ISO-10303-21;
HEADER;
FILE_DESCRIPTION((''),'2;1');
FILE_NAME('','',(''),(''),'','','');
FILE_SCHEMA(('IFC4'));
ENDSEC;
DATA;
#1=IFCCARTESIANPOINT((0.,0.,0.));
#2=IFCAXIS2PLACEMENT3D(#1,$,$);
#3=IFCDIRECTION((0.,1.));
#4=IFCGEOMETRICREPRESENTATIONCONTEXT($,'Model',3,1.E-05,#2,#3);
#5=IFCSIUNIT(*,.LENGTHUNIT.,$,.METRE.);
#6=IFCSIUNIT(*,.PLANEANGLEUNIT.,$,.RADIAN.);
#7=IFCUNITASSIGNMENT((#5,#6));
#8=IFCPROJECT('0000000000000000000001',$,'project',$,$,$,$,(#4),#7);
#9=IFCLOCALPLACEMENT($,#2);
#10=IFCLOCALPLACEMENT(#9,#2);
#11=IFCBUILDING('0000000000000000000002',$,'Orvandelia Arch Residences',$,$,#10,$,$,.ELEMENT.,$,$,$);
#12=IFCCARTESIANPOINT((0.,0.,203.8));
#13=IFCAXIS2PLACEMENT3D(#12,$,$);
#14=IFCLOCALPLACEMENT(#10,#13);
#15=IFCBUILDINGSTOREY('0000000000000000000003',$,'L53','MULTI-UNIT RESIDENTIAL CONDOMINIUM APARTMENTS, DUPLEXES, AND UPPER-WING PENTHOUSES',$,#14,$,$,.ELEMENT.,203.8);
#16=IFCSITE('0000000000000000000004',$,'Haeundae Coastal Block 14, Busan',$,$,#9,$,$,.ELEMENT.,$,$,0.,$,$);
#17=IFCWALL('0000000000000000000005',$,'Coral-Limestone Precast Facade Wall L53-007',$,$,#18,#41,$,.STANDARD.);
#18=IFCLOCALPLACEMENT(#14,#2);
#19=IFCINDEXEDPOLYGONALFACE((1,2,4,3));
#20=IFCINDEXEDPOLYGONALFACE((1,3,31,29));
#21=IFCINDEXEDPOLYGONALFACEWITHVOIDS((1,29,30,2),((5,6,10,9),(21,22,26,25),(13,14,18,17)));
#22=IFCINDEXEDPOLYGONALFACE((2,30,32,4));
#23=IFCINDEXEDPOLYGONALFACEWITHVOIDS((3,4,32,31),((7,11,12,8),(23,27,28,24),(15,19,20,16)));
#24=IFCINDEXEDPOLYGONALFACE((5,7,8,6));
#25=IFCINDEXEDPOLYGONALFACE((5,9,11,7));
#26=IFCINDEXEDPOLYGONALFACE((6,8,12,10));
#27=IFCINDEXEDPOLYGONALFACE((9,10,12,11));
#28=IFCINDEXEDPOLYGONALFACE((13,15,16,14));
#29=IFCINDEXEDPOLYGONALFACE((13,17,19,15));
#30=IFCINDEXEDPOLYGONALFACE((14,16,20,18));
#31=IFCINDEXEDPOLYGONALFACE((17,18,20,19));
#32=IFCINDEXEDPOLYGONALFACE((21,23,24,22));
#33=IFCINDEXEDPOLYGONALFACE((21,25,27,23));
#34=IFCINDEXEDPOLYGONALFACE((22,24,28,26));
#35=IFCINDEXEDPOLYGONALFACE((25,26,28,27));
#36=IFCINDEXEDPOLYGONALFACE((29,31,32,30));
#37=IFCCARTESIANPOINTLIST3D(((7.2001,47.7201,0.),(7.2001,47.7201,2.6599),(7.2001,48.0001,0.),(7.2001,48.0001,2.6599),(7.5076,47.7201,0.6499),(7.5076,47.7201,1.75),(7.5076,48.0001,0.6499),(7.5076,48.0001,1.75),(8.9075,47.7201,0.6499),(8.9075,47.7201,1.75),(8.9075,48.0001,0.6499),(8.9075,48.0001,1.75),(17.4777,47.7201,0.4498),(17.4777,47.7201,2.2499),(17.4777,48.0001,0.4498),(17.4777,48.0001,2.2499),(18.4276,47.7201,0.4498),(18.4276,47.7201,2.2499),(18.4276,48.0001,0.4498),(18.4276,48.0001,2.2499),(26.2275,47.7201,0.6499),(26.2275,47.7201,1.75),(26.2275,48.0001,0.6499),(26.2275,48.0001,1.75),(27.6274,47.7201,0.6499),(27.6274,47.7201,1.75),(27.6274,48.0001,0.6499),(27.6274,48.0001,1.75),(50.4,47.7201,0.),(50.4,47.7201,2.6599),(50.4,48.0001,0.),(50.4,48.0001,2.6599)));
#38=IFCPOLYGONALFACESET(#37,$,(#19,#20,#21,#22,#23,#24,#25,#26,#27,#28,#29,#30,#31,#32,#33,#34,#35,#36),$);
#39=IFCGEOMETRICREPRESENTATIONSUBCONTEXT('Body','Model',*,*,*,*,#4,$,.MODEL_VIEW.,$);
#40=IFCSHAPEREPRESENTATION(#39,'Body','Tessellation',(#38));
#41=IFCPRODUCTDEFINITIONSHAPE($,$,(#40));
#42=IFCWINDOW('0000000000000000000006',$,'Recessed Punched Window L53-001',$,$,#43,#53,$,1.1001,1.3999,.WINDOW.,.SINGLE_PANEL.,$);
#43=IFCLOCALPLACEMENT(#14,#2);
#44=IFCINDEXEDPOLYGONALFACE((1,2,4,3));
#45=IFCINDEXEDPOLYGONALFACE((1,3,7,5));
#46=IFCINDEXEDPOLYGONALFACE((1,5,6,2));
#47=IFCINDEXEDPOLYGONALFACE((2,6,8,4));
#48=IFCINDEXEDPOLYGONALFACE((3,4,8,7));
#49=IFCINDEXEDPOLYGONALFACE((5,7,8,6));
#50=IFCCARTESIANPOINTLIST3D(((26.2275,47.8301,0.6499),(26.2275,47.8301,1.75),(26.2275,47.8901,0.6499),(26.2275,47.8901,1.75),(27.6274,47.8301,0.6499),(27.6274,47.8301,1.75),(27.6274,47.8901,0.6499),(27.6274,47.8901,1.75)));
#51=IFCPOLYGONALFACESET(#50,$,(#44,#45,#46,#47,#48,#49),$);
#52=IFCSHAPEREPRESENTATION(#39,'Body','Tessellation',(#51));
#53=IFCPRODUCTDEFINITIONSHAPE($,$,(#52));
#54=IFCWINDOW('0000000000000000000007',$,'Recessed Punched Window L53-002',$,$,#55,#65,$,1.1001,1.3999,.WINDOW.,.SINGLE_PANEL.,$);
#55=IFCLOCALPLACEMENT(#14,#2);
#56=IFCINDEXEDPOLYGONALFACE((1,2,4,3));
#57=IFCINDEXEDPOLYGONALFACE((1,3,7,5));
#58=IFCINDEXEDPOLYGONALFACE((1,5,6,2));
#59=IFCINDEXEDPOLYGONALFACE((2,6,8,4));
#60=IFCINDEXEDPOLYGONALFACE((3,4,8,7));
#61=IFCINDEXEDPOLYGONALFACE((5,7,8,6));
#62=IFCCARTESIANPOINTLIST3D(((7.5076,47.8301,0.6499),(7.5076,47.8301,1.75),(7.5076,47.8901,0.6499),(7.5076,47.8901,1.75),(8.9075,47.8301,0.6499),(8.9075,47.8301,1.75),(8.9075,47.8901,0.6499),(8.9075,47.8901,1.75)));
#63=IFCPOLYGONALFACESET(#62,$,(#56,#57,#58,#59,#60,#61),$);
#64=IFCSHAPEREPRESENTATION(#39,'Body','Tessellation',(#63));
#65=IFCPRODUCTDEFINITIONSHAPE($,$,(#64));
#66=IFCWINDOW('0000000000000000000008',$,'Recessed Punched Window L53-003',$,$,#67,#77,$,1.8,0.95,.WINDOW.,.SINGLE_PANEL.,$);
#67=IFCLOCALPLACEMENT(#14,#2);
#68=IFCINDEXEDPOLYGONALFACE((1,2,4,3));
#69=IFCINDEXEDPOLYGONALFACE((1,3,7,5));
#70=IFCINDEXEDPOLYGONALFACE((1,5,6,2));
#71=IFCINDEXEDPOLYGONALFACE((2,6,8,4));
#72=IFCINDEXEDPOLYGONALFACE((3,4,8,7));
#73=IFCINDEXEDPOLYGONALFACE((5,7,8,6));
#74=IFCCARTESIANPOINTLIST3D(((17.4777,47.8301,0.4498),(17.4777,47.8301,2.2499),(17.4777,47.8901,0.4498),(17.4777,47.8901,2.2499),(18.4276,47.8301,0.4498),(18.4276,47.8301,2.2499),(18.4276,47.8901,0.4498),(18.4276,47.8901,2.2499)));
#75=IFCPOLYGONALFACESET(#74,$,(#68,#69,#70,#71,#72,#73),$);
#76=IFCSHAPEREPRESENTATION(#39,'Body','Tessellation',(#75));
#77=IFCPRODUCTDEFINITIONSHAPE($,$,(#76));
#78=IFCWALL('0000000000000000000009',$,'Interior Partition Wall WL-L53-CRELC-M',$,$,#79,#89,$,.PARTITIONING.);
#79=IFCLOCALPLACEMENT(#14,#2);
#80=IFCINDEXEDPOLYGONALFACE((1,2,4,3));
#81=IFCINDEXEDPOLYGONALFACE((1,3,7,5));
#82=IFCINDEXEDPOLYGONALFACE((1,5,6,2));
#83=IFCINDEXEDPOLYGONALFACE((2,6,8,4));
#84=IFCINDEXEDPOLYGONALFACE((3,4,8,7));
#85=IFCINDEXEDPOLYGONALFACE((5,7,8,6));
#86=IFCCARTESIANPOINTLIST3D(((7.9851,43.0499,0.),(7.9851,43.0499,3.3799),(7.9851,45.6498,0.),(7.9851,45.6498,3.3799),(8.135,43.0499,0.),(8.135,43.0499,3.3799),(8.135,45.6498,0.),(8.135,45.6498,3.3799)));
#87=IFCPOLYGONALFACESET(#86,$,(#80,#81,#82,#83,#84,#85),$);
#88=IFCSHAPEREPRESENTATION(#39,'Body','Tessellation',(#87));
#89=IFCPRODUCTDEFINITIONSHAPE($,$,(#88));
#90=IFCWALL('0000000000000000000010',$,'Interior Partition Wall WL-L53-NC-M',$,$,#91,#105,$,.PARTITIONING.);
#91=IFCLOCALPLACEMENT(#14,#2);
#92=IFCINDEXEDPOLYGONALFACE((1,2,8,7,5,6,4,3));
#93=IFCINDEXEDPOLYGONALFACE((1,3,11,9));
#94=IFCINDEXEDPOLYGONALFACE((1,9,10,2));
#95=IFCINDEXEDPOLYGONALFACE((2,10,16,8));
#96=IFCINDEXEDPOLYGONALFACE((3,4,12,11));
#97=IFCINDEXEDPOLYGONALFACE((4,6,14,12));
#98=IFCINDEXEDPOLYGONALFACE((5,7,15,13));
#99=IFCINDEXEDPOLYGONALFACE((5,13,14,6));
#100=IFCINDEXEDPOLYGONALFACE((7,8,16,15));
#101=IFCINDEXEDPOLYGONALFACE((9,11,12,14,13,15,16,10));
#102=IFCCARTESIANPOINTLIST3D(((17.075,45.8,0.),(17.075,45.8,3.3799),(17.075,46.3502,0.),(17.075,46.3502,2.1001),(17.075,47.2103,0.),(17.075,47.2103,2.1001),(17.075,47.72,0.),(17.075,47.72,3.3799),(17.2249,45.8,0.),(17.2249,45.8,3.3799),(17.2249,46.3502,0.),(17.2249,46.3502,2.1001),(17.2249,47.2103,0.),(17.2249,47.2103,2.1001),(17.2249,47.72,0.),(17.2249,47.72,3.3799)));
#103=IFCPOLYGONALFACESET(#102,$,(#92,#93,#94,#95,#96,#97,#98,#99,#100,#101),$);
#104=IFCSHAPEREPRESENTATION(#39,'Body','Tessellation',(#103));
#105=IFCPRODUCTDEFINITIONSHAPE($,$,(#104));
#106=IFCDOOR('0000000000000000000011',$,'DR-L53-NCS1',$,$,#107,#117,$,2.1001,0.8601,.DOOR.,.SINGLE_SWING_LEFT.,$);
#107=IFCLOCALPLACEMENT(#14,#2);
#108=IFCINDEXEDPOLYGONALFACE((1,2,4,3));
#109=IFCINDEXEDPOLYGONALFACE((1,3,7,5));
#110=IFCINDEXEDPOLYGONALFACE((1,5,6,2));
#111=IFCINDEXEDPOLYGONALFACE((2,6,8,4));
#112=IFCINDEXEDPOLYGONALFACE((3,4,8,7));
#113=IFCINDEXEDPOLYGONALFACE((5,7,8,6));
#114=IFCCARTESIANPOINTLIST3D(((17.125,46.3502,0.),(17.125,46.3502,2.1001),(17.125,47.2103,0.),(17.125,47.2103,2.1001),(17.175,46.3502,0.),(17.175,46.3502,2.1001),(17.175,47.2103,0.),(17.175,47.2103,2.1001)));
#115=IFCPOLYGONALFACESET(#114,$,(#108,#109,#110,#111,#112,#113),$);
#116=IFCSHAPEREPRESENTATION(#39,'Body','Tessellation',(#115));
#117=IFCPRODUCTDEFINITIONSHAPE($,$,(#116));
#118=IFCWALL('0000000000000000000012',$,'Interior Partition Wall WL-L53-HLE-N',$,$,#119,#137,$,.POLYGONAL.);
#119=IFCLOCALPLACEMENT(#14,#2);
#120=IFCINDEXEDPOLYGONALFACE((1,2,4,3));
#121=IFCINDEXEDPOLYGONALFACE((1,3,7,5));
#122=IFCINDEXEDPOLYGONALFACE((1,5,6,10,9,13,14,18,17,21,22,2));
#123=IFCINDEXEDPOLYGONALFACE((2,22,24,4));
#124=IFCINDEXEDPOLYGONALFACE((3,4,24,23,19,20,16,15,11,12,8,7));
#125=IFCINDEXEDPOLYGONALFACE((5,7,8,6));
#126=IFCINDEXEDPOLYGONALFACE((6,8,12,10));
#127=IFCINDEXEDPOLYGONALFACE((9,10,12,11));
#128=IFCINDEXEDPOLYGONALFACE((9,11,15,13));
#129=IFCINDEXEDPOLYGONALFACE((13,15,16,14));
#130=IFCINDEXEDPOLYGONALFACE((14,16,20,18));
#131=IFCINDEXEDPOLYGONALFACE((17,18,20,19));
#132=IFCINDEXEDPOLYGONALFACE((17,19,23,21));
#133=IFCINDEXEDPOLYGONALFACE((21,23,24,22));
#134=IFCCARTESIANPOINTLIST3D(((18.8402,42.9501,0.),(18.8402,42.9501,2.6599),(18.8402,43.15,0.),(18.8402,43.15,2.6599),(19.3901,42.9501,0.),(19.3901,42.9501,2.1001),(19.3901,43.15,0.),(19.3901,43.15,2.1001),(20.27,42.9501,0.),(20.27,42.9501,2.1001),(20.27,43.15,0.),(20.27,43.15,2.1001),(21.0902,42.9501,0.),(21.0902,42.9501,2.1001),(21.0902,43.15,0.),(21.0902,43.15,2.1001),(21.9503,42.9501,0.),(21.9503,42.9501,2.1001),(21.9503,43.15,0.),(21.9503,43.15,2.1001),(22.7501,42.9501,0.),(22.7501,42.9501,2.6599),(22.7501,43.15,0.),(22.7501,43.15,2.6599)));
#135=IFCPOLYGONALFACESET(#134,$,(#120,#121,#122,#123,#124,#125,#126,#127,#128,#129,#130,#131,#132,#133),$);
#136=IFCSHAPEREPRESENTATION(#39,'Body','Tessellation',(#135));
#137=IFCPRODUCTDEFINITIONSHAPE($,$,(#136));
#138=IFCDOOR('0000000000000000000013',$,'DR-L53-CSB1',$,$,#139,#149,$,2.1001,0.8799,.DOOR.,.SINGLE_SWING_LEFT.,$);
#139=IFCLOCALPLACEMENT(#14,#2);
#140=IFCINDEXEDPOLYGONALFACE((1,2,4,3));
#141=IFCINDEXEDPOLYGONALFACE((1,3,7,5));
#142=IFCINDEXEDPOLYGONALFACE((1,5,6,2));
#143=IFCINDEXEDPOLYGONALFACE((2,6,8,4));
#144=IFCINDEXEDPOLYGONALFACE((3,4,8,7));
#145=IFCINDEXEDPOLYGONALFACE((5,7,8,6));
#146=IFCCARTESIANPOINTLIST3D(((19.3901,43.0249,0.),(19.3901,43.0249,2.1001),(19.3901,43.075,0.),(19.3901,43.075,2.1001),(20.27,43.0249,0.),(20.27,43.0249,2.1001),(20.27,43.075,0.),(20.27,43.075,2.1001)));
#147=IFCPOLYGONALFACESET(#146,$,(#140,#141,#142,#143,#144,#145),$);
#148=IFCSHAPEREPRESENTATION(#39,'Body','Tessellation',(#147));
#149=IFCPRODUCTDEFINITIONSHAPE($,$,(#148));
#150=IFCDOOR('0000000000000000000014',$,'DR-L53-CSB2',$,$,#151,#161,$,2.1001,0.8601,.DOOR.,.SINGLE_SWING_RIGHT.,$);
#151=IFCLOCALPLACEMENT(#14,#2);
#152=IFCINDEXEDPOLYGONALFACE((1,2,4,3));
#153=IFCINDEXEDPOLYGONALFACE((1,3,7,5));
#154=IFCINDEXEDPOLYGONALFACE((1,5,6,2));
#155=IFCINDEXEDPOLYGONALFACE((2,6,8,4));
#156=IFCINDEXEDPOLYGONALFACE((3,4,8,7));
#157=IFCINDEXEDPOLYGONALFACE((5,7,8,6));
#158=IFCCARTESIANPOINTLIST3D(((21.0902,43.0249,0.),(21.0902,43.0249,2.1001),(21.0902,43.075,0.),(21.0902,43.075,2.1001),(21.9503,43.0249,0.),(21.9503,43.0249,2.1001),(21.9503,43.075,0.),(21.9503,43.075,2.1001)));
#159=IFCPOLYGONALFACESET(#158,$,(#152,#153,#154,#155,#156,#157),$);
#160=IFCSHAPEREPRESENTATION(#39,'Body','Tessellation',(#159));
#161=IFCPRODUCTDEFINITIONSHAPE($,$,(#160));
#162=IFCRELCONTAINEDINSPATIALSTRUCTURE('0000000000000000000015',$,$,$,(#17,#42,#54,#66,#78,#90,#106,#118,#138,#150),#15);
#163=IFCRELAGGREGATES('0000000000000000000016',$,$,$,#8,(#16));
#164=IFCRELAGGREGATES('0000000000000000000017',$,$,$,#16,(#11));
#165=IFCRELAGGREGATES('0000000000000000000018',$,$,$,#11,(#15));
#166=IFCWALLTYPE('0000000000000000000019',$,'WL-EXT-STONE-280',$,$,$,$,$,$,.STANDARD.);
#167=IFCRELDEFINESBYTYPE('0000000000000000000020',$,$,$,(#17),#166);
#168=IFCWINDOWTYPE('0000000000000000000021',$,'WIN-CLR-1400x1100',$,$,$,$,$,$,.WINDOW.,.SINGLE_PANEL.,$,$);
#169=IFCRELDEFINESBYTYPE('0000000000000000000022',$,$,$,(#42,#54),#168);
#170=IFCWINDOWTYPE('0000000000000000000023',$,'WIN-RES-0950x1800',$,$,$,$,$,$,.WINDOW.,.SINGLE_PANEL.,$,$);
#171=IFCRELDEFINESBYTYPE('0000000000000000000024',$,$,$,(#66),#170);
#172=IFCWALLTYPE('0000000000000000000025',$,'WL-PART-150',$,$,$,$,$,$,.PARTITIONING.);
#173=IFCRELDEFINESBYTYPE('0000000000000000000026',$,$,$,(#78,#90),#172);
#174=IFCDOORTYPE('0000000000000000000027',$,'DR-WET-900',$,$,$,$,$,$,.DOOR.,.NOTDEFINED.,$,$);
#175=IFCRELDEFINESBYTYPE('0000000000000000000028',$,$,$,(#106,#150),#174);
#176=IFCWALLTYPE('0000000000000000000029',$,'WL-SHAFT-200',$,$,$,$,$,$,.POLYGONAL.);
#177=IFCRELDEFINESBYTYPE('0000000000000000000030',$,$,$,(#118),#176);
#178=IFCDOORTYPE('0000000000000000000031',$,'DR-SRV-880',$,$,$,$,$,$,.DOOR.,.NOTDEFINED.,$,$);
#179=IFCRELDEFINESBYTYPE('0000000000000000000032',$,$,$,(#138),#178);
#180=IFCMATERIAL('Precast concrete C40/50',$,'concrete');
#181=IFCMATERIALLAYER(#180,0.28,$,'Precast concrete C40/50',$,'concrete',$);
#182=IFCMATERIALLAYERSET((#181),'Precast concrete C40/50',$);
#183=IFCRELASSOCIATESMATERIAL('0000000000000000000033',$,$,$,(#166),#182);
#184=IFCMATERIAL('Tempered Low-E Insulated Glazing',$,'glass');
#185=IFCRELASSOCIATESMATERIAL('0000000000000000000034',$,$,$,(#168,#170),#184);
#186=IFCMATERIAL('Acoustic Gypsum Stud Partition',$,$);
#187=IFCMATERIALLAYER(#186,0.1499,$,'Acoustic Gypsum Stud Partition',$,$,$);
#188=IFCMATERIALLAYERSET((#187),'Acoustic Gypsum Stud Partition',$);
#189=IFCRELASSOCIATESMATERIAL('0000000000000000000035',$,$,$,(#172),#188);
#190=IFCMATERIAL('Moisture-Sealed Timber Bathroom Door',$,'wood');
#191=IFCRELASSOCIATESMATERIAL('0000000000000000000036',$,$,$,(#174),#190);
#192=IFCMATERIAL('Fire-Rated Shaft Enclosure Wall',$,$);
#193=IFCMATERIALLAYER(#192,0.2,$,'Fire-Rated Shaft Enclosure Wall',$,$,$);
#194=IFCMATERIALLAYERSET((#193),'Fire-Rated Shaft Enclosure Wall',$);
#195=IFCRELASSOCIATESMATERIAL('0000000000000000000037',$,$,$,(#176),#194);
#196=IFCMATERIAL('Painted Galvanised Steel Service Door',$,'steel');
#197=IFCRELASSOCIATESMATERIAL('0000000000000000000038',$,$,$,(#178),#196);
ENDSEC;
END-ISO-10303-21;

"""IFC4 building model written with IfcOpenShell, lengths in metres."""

from ifc_helpers import new_model, si_unit, direction, frame, frame_2d, origin, place, context, subcontext, project, spatial, rectangle, extrude, material, layer, layer_set, type_object, element, fill, save


model = new_model("IFC4")

# Units and contexts
model_context = context("Model", 3, precision=1e-05, world=origin(), true_north=direction((0.0, 1.0)))
body_context = subcontext(model_context, "Body", "Model", "MODEL_VIEW")
ifc_project = project(units=[si_unit("LENGTHUNIT", "METRE"), si_unit("PLANEANGLEUNIT", "RADIAN")], contexts=[model_context])

# Site, building, storey
site_placement = place(None, origin())
site = spatial("IfcSite", under=ifc_project, at=site_placement, Name="Haeundae Coastal Block 14, Busan", CompositionType="ELEMENT", RefElevation=0.0)
building_placement = place(site_placement, origin())
building = spatial("IfcBuilding", under=site, at=building_placement, Name="Orvandelia Arch Residences", CompositionType="ELEMENT")
storey_placement = place(building_placement, frame((0.0, 0.0, 203.8)))
storey = spatial("IfcBuildingStorey", under=building, at=storey_placement, Name="L53", Description="MULTI-UNIT RESIDENTIAL CONDOMINIUM APARTMENTS, DUPLEXES, AND UPPER-WING PENTHOUSES", CompositionType="ELEMENT", Elevation=203.8)

# Wall, openings, windows
ifc_material_1 = material(Name="Precast concrete C40/50", Category="concrete")
ifc_layer_1 = layer(ifc_material_1, 0.28, Name="Precast concrete C40/50", Category="concrete")
ifc_layer_set_1 = layer_set([ifc_layer_1], Name="Precast concrete C40/50")
wall_type_1 = type_object("IfcWallType", Name="WL-EXT-STONE-280", PredefinedType="STANDARD", material=ifc_layer_set_1)
wall_1_placement = place(storey_placement, frame((7.2, 47.8601, 0.0), z_axis=(0.0, 0.0, 1.0), x_axis=(1.0, 0.0, 0.0)))
wall_1 = element("IfcWall", 1, at=wall_1_placement, inside=storey, type_object=wall_type_1, Name="Coral-Limestone Precast Facade Wall L53-007", PredefinedType="STANDARD", context=body_context, shape_type="SweptSolid", body=[
    extrude(rectangle(XDim=43.2, YDim=0.28, at=frame_2d((21.6001, 0.0))), origin(), (0.0, 0.0, 1.0), 2.6599),
])
opening_1_placement = place(wall_1_placement, frame((19.0276, 0.0, 0.6499)))
opening_1 = element("IfcOpeningElement", 2, at=opening_1_placement, cuts=wall_1, PredefinedType="OPENING", context=body_context, shape_type="SweptSolid", body=[
    extrude(rectangle(XDim=1.3999, YDim=1.1001, at=frame_2d((0.7, 0.55))), frame((0.0, 0.1499, 0.0), z_axis=(0.0, -1.0, 0.0), x_axis=(1.0, 0.0, 0.0)), (0.0, 0.0, 1.0), 0.3),
])
opening_2_placement = place(wall_1_placement, frame((0.3076, 0.0, 0.6499)))
opening_2 = element("IfcOpeningElement", 3, at=opening_2_placement, cuts=wall_1, PredefinedType="OPENING", context=body_context, shape_type="SweptSolid", body=[
    extrude(rectangle(XDim=1.3999, YDim=1.1001, at=frame_2d((0.7, 0.55))), frame((0.0, 0.1499, 0.0), z_axis=(0.0, -1.0, 0.0), x_axis=(1.0, 0.0, 0.0)), (0.0, 0.0, 1.0), 0.3),
])
opening_3_placement = place(wall_1_placement, frame((10.2776, 0.0, 0.45)))
opening_3 = element("IfcOpeningElement", 4, at=opening_3_placement, cuts=wall_1, PredefinedType="OPENING", context=body_context, shape_type="SweptSolid", body=[
    extrude(rectangle(XDim=0.95, YDim=1.8, at=frame_2d((0.4751, 0.8999))), frame((0.0, 0.1499, 0.0), z_axis=(0.0, -1.0, 0.0), x_axis=(1.0, 0.0, 0.0)), (0.0, 0.0, 1.0), 0.3),
])
ifc_material_2 = material(Name="Tempered Low-E Insulated Glazing", Category="glass")
window_type_1 = type_object("IfcWindowType", Name="WIN-CLR-1400x1100", PartitioningType="SINGLE_PANEL", PredefinedType="WINDOW", material=ifc_material_2)
window_1_placement = place(opening_1_placement, origin())
window_1 = element("IfcWindow", 5, at=window_1_placement, inside=storey, type_object=window_type_1, Name="Recessed Punched Window L53-001", OverallHeight=1.1001, OverallWidth=1.3999, PartitioningType="SINGLE_PANEL", PredefinedType="WINDOW", context=body_context, shape_type="SweptSolid", body=[
    extrude(rectangle(XDim=1.3999, YDim=1.1001, at=frame_2d((0.7, 0.55))), frame((0.0, 0.03, 0.0), z_axis=(0.0, -1.0, 0.0), x_axis=(1.0, 0.0, 0.0)), (0.0, 0.0, 1.0), 0.0601),
])
fill(opening_1, window_1)
window_2_placement = place(opening_2_placement, origin())
window_2 = element("IfcWindow", 6, at=window_2_placement, inside=storey, type_object=window_type_1, Name="Recessed Punched Window L53-002", OverallHeight=1.1001, OverallWidth=1.3999, PartitioningType="SINGLE_PANEL", PredefinedType="WINDOW", context=body_context, shape_type="SweptSolid", body=[
    extrude(rectangle(XDim=1.3999, YDim=1.1001, at=frame_2d((0.7, 0.55))), frame((0.0, 0.03, 0.0), z_axis=(0.0, -1.0, 0.0), x_axis=(1.0, 0.0, 0.0)), (0.0, 0.0, 1.0), 0.0601),
])
fill(opening_2, window_2)
window_type_2 = type_object("IfcWindowType", Name="WIN-RES-0950x1800", PartitioningType="SINGLE_PANEL", PredefinedType="WINDOW", material=ifc_material_2)
window_3_placement = place(opening_3_placement, origin())
window_3 = element("IfcWindow", 7, at=window_3_placement, inside=storey, type_object=window_type_2, Name="Recessed Punched Window L53-003", OverallHeight=1.8, OverallWidth=0.95, PartitioningType="SINGLE_PANEL", PredefinedType="WINDOW", context=body_context, shape_type="SweptSolid", body=[
    extrude(rectangle(XDim=0.95, YDim=1.8, at=frame_2d((0.4751, 0.8999))), frame((0.0, 0.03, 0.0), z_axis=(0.0, -1.0, 0.0), x_axis=(1.0, 0.0, 0.0)), (0.0, 0.0, 1.0), 0.0601),
])
fill(opening_3, window_3)

# Wall
ifc_material_3 = material(Name="Acoustic Gypsum Stud Partition")
ifc_layer_2 = layer(ifc_material_3, 0.1499, Name="Acoustic Gypsum Stud Partition")
ifc_layer_set_2 = layer_set([ifc_layer_2], Name="Acoustic Gypsum Stud Partition")
wall_type_2 = type_object("IfcWallType", Name="WL-PART-150", PredefinedType="PARTITIONING", material=ifc_layer_set_2)
wall_2_placement = place(storey_placement, frame((8.0601, 43.05, 0.0), z_axis=(0.0, 0.0, 1.0), x_axis=(0.0, 1.0, 0.0)))
element("IfcWall", 8, at=wall_2_placement, inside=storey, type_object=wall_type_2, Name="Interior Partition Wall WL-L53-CRELC-M", PredefinedType="PARTITIONING", context=body_context, shape_type="SweptSolid", body=[
    extrude(rectangle(XDim=2.5999, YDim=0.1499, at=frame_2d((1.2998, 0.0))), origin(), (0.0, 0.0, 1.0), 3.3799),
])

# Wall, opening, door
wall_3_placement = place(storey_placement, frame((17.1499, 45.8, 0.0), z_axis=(0.0, 0.0, 1.0), x_axis=(0.0, 1.0, 0.0)))
wall_3 = element("IfcWall", 9, at=wall_3_placement, inside=storey, type_object=wall_type_2, Name="Interior Partition Wall WL-L53-NC-M", PredefinedType="PARTITIONING", context=body_context, shape_type="SweptSolid", body=[
    extrude(rectangle(XDim=1.9199, YDim=0.1499, at=frame_2d((0.96, 0.0))), origin(), (0.0, 0.0, 1.0), 3.3799),
])
opening_4_placement = place(wall_3_placement, frame((0.55, 0.0, 0.0)))
opening_4 = element("IfcOpeningElement", 10, at=opening_4_placement, cuts=wall_3, PredefinedType="OPENING", context=body_context, shape_type="SweptSolid", body=[
    extrude(rectangle(XDim=0.8601, YDim=2.1001, at=frame_2d((0.4302, 1.05))), frame((0.0, 0.085, 0.0), z_axis=(0.0, -1.0, 0.0), x_axis=(1.0, 0.0, 0.0)), (0.0, 0.0, 1.0), 0.1699),
])
ifc_material_4 = material(Name="Moisture-Sealed Timber Bathroom Door", Category="wood")
door_type_1 = type_object("IfcDoorType", Name="DR-WET-900", OperationType="NOTDEFINED", PredefinedType="DOOR", material=ifc_material_4)
door_1_placement = place(opening_4_placement, origin())
door_1 = element("IfcDoor", 11, at=door_1_placement, inside=storey, type_object=door_type_1, Name="DR-L53-NCS1", OperationType="SINGLE_SWING_LEFT", OverallHeight=2.1001, OverallWidth=0.8601, PredefinedType="DOOR", context=body_context, shape_type="SweptSolid", body=[
    extrude(rectangle(XDim=0.8601, YDim=2.1001, at=frame_2d((0.4302, 1.05))), frame((0.0, 0.0249, 0.0), z_axis=(0.0, -1.0, 0.0), x_axis=(1.0, 0.0, 0.0)), (0.0, 0.0, 1.0), 0.05),
])
fill(opening_4, door_1)

# Wall, openings, doors
ifc_material_5 = material(Name="Fire-Rated Shaft Enclosure Wall")
ifc_layer_3 = layer(ifc_material_5, 0.2, Name="Fire-Rated Shaft Enclosure Wall")
ifc_layer_set_3 = layer_set([ifc_layer_3], Name="Fire-Rated Shaft Enclosure Wall")
wall_type_3 = type_object("IfcWallType", Name="WL-SHAFT-200", PredefinedType="POLYGONAL", material=ifc_layer_set_3)
wall_4_placement = place(storey_placement, frame((18.8401, 43.05, 0.0), z_axis=(0.0, 0.0, 1.0), x_axis=(1.0, 0.0, 0.0)))
wall_4 = element("IfcWall", 12, at=wall_4_placement, inside=storey, type_object=wall_type_3, Name="Interior Partition Wall WL-L53-HLE-N", PredefinedType="POLYGONAL", context=body_context, shape_type="SweptSolid", body=[
    extrude(rectangle(XDim=3.9099, YDim=0.2, at=frame_2d((1.9551, 0.0))), origin(), (0.0, 0.0, 1.0), 2.6599),
])
opening_5_placement = place(wall_4_placement, frame((0.55, 0.0, 0.0)))
opening_5 = element("IfcOpeningElement", 13, at=opening_5_placement, cuts=wall_4, PredefinedType="OPENING", context=body_context, shape_type="SweptSolid", body=[
    extrude(rectangle(XDim=0.8799, YDim=2.1001, at=frame_2d((0.4399, 1.05))), frame((0.0, 0.1099, 0.0), z_axis=(0.0, -1.0, 0.0), x_axis=(1.0, 0.0, 0.0)), (0.0, 0.0, 1.0), 0.22),
])
opening_6_placement = place(wall_4_placement, frame((2.25, 0.0, 0.0)))
opening_6 = element("IfcOpeningElement", 14, at=opening_6_placement, cuts=wall_4, PredefinedType="OPENING", context=body_context, shape_type="SweptSolid", body=[
    extrude(rectangle(XDim=0.8601, YDim=2.1001, at=frame_2d((0.4302, 1.05))), frame((0.0, 0.1099, 0.0), z_axis=(0.0, -1.0, 0.0), x_axis=(1.0, 0.0, 0.0)), (0.0, 0.0, 1.0), 0.22),
])
ifc_material_6 = material(Name="Painted Galvanised Steel Service Door", Category="steel")
door_type_2 = type_object("IfcDoorType", Name="DR-SRV-880", OperationType="NOTDEFINED", PredefinedType="DOOR", material=ifc_material_6)
door_2_placement = place(opening_5_placement, origin())
door_2 = element("IfcDoor", 15, at=door_2_placement, inside=storey, type_object=door_type_2, Name="DR-L53-CSB1", OperationType="SINGLE_SWING_LEFT", OverallHeight=2.1001, OverallWidth=0.8799, PredefinedType="DOOR", context=body_context, shape_type="SweptSolid", body=[
    extrude(rectangle(XDim=0.8799, YDim=2.1001, at=frame_2d((0.4399, 1.05))), frame((0.0, 0.0249, 0.0), z_axis=(0.0, -1.0, 0.0), x_axis=(1.0, 0.0, 0.0)), (0.0, 0.0, 1.0), 0.05),
])
fill(opening_5, door_2)
door_3_placement = place(opening_6_placement, origin())
door_3 = element("IfcDoor", 16, at=door_3_placement, inside=storey, type_object=door_type_1, Name="DR-L53-CSB2", OperationType="SINGLE_SWING_RIGHT", OverallHeight=2.1001, OverallWidth=0.8601, PredefinedType="DOOR", context=body_context, shape_type="SweptSolid", body=[
    extrude(rectangle(XDim=0.8601, YDim=2.1001, at=frame_2d((0.4302, 1.05))), frame((0.0, 0.0249, 0.0), z_axis=(0.0, -1.0, 0.0), x_axis=(1.0, 0.0, 0.0)), (0.0, 0.0, 1.0), 0.05),
])
fill(opening_6, door_3)

save(model, "model.ifc")
